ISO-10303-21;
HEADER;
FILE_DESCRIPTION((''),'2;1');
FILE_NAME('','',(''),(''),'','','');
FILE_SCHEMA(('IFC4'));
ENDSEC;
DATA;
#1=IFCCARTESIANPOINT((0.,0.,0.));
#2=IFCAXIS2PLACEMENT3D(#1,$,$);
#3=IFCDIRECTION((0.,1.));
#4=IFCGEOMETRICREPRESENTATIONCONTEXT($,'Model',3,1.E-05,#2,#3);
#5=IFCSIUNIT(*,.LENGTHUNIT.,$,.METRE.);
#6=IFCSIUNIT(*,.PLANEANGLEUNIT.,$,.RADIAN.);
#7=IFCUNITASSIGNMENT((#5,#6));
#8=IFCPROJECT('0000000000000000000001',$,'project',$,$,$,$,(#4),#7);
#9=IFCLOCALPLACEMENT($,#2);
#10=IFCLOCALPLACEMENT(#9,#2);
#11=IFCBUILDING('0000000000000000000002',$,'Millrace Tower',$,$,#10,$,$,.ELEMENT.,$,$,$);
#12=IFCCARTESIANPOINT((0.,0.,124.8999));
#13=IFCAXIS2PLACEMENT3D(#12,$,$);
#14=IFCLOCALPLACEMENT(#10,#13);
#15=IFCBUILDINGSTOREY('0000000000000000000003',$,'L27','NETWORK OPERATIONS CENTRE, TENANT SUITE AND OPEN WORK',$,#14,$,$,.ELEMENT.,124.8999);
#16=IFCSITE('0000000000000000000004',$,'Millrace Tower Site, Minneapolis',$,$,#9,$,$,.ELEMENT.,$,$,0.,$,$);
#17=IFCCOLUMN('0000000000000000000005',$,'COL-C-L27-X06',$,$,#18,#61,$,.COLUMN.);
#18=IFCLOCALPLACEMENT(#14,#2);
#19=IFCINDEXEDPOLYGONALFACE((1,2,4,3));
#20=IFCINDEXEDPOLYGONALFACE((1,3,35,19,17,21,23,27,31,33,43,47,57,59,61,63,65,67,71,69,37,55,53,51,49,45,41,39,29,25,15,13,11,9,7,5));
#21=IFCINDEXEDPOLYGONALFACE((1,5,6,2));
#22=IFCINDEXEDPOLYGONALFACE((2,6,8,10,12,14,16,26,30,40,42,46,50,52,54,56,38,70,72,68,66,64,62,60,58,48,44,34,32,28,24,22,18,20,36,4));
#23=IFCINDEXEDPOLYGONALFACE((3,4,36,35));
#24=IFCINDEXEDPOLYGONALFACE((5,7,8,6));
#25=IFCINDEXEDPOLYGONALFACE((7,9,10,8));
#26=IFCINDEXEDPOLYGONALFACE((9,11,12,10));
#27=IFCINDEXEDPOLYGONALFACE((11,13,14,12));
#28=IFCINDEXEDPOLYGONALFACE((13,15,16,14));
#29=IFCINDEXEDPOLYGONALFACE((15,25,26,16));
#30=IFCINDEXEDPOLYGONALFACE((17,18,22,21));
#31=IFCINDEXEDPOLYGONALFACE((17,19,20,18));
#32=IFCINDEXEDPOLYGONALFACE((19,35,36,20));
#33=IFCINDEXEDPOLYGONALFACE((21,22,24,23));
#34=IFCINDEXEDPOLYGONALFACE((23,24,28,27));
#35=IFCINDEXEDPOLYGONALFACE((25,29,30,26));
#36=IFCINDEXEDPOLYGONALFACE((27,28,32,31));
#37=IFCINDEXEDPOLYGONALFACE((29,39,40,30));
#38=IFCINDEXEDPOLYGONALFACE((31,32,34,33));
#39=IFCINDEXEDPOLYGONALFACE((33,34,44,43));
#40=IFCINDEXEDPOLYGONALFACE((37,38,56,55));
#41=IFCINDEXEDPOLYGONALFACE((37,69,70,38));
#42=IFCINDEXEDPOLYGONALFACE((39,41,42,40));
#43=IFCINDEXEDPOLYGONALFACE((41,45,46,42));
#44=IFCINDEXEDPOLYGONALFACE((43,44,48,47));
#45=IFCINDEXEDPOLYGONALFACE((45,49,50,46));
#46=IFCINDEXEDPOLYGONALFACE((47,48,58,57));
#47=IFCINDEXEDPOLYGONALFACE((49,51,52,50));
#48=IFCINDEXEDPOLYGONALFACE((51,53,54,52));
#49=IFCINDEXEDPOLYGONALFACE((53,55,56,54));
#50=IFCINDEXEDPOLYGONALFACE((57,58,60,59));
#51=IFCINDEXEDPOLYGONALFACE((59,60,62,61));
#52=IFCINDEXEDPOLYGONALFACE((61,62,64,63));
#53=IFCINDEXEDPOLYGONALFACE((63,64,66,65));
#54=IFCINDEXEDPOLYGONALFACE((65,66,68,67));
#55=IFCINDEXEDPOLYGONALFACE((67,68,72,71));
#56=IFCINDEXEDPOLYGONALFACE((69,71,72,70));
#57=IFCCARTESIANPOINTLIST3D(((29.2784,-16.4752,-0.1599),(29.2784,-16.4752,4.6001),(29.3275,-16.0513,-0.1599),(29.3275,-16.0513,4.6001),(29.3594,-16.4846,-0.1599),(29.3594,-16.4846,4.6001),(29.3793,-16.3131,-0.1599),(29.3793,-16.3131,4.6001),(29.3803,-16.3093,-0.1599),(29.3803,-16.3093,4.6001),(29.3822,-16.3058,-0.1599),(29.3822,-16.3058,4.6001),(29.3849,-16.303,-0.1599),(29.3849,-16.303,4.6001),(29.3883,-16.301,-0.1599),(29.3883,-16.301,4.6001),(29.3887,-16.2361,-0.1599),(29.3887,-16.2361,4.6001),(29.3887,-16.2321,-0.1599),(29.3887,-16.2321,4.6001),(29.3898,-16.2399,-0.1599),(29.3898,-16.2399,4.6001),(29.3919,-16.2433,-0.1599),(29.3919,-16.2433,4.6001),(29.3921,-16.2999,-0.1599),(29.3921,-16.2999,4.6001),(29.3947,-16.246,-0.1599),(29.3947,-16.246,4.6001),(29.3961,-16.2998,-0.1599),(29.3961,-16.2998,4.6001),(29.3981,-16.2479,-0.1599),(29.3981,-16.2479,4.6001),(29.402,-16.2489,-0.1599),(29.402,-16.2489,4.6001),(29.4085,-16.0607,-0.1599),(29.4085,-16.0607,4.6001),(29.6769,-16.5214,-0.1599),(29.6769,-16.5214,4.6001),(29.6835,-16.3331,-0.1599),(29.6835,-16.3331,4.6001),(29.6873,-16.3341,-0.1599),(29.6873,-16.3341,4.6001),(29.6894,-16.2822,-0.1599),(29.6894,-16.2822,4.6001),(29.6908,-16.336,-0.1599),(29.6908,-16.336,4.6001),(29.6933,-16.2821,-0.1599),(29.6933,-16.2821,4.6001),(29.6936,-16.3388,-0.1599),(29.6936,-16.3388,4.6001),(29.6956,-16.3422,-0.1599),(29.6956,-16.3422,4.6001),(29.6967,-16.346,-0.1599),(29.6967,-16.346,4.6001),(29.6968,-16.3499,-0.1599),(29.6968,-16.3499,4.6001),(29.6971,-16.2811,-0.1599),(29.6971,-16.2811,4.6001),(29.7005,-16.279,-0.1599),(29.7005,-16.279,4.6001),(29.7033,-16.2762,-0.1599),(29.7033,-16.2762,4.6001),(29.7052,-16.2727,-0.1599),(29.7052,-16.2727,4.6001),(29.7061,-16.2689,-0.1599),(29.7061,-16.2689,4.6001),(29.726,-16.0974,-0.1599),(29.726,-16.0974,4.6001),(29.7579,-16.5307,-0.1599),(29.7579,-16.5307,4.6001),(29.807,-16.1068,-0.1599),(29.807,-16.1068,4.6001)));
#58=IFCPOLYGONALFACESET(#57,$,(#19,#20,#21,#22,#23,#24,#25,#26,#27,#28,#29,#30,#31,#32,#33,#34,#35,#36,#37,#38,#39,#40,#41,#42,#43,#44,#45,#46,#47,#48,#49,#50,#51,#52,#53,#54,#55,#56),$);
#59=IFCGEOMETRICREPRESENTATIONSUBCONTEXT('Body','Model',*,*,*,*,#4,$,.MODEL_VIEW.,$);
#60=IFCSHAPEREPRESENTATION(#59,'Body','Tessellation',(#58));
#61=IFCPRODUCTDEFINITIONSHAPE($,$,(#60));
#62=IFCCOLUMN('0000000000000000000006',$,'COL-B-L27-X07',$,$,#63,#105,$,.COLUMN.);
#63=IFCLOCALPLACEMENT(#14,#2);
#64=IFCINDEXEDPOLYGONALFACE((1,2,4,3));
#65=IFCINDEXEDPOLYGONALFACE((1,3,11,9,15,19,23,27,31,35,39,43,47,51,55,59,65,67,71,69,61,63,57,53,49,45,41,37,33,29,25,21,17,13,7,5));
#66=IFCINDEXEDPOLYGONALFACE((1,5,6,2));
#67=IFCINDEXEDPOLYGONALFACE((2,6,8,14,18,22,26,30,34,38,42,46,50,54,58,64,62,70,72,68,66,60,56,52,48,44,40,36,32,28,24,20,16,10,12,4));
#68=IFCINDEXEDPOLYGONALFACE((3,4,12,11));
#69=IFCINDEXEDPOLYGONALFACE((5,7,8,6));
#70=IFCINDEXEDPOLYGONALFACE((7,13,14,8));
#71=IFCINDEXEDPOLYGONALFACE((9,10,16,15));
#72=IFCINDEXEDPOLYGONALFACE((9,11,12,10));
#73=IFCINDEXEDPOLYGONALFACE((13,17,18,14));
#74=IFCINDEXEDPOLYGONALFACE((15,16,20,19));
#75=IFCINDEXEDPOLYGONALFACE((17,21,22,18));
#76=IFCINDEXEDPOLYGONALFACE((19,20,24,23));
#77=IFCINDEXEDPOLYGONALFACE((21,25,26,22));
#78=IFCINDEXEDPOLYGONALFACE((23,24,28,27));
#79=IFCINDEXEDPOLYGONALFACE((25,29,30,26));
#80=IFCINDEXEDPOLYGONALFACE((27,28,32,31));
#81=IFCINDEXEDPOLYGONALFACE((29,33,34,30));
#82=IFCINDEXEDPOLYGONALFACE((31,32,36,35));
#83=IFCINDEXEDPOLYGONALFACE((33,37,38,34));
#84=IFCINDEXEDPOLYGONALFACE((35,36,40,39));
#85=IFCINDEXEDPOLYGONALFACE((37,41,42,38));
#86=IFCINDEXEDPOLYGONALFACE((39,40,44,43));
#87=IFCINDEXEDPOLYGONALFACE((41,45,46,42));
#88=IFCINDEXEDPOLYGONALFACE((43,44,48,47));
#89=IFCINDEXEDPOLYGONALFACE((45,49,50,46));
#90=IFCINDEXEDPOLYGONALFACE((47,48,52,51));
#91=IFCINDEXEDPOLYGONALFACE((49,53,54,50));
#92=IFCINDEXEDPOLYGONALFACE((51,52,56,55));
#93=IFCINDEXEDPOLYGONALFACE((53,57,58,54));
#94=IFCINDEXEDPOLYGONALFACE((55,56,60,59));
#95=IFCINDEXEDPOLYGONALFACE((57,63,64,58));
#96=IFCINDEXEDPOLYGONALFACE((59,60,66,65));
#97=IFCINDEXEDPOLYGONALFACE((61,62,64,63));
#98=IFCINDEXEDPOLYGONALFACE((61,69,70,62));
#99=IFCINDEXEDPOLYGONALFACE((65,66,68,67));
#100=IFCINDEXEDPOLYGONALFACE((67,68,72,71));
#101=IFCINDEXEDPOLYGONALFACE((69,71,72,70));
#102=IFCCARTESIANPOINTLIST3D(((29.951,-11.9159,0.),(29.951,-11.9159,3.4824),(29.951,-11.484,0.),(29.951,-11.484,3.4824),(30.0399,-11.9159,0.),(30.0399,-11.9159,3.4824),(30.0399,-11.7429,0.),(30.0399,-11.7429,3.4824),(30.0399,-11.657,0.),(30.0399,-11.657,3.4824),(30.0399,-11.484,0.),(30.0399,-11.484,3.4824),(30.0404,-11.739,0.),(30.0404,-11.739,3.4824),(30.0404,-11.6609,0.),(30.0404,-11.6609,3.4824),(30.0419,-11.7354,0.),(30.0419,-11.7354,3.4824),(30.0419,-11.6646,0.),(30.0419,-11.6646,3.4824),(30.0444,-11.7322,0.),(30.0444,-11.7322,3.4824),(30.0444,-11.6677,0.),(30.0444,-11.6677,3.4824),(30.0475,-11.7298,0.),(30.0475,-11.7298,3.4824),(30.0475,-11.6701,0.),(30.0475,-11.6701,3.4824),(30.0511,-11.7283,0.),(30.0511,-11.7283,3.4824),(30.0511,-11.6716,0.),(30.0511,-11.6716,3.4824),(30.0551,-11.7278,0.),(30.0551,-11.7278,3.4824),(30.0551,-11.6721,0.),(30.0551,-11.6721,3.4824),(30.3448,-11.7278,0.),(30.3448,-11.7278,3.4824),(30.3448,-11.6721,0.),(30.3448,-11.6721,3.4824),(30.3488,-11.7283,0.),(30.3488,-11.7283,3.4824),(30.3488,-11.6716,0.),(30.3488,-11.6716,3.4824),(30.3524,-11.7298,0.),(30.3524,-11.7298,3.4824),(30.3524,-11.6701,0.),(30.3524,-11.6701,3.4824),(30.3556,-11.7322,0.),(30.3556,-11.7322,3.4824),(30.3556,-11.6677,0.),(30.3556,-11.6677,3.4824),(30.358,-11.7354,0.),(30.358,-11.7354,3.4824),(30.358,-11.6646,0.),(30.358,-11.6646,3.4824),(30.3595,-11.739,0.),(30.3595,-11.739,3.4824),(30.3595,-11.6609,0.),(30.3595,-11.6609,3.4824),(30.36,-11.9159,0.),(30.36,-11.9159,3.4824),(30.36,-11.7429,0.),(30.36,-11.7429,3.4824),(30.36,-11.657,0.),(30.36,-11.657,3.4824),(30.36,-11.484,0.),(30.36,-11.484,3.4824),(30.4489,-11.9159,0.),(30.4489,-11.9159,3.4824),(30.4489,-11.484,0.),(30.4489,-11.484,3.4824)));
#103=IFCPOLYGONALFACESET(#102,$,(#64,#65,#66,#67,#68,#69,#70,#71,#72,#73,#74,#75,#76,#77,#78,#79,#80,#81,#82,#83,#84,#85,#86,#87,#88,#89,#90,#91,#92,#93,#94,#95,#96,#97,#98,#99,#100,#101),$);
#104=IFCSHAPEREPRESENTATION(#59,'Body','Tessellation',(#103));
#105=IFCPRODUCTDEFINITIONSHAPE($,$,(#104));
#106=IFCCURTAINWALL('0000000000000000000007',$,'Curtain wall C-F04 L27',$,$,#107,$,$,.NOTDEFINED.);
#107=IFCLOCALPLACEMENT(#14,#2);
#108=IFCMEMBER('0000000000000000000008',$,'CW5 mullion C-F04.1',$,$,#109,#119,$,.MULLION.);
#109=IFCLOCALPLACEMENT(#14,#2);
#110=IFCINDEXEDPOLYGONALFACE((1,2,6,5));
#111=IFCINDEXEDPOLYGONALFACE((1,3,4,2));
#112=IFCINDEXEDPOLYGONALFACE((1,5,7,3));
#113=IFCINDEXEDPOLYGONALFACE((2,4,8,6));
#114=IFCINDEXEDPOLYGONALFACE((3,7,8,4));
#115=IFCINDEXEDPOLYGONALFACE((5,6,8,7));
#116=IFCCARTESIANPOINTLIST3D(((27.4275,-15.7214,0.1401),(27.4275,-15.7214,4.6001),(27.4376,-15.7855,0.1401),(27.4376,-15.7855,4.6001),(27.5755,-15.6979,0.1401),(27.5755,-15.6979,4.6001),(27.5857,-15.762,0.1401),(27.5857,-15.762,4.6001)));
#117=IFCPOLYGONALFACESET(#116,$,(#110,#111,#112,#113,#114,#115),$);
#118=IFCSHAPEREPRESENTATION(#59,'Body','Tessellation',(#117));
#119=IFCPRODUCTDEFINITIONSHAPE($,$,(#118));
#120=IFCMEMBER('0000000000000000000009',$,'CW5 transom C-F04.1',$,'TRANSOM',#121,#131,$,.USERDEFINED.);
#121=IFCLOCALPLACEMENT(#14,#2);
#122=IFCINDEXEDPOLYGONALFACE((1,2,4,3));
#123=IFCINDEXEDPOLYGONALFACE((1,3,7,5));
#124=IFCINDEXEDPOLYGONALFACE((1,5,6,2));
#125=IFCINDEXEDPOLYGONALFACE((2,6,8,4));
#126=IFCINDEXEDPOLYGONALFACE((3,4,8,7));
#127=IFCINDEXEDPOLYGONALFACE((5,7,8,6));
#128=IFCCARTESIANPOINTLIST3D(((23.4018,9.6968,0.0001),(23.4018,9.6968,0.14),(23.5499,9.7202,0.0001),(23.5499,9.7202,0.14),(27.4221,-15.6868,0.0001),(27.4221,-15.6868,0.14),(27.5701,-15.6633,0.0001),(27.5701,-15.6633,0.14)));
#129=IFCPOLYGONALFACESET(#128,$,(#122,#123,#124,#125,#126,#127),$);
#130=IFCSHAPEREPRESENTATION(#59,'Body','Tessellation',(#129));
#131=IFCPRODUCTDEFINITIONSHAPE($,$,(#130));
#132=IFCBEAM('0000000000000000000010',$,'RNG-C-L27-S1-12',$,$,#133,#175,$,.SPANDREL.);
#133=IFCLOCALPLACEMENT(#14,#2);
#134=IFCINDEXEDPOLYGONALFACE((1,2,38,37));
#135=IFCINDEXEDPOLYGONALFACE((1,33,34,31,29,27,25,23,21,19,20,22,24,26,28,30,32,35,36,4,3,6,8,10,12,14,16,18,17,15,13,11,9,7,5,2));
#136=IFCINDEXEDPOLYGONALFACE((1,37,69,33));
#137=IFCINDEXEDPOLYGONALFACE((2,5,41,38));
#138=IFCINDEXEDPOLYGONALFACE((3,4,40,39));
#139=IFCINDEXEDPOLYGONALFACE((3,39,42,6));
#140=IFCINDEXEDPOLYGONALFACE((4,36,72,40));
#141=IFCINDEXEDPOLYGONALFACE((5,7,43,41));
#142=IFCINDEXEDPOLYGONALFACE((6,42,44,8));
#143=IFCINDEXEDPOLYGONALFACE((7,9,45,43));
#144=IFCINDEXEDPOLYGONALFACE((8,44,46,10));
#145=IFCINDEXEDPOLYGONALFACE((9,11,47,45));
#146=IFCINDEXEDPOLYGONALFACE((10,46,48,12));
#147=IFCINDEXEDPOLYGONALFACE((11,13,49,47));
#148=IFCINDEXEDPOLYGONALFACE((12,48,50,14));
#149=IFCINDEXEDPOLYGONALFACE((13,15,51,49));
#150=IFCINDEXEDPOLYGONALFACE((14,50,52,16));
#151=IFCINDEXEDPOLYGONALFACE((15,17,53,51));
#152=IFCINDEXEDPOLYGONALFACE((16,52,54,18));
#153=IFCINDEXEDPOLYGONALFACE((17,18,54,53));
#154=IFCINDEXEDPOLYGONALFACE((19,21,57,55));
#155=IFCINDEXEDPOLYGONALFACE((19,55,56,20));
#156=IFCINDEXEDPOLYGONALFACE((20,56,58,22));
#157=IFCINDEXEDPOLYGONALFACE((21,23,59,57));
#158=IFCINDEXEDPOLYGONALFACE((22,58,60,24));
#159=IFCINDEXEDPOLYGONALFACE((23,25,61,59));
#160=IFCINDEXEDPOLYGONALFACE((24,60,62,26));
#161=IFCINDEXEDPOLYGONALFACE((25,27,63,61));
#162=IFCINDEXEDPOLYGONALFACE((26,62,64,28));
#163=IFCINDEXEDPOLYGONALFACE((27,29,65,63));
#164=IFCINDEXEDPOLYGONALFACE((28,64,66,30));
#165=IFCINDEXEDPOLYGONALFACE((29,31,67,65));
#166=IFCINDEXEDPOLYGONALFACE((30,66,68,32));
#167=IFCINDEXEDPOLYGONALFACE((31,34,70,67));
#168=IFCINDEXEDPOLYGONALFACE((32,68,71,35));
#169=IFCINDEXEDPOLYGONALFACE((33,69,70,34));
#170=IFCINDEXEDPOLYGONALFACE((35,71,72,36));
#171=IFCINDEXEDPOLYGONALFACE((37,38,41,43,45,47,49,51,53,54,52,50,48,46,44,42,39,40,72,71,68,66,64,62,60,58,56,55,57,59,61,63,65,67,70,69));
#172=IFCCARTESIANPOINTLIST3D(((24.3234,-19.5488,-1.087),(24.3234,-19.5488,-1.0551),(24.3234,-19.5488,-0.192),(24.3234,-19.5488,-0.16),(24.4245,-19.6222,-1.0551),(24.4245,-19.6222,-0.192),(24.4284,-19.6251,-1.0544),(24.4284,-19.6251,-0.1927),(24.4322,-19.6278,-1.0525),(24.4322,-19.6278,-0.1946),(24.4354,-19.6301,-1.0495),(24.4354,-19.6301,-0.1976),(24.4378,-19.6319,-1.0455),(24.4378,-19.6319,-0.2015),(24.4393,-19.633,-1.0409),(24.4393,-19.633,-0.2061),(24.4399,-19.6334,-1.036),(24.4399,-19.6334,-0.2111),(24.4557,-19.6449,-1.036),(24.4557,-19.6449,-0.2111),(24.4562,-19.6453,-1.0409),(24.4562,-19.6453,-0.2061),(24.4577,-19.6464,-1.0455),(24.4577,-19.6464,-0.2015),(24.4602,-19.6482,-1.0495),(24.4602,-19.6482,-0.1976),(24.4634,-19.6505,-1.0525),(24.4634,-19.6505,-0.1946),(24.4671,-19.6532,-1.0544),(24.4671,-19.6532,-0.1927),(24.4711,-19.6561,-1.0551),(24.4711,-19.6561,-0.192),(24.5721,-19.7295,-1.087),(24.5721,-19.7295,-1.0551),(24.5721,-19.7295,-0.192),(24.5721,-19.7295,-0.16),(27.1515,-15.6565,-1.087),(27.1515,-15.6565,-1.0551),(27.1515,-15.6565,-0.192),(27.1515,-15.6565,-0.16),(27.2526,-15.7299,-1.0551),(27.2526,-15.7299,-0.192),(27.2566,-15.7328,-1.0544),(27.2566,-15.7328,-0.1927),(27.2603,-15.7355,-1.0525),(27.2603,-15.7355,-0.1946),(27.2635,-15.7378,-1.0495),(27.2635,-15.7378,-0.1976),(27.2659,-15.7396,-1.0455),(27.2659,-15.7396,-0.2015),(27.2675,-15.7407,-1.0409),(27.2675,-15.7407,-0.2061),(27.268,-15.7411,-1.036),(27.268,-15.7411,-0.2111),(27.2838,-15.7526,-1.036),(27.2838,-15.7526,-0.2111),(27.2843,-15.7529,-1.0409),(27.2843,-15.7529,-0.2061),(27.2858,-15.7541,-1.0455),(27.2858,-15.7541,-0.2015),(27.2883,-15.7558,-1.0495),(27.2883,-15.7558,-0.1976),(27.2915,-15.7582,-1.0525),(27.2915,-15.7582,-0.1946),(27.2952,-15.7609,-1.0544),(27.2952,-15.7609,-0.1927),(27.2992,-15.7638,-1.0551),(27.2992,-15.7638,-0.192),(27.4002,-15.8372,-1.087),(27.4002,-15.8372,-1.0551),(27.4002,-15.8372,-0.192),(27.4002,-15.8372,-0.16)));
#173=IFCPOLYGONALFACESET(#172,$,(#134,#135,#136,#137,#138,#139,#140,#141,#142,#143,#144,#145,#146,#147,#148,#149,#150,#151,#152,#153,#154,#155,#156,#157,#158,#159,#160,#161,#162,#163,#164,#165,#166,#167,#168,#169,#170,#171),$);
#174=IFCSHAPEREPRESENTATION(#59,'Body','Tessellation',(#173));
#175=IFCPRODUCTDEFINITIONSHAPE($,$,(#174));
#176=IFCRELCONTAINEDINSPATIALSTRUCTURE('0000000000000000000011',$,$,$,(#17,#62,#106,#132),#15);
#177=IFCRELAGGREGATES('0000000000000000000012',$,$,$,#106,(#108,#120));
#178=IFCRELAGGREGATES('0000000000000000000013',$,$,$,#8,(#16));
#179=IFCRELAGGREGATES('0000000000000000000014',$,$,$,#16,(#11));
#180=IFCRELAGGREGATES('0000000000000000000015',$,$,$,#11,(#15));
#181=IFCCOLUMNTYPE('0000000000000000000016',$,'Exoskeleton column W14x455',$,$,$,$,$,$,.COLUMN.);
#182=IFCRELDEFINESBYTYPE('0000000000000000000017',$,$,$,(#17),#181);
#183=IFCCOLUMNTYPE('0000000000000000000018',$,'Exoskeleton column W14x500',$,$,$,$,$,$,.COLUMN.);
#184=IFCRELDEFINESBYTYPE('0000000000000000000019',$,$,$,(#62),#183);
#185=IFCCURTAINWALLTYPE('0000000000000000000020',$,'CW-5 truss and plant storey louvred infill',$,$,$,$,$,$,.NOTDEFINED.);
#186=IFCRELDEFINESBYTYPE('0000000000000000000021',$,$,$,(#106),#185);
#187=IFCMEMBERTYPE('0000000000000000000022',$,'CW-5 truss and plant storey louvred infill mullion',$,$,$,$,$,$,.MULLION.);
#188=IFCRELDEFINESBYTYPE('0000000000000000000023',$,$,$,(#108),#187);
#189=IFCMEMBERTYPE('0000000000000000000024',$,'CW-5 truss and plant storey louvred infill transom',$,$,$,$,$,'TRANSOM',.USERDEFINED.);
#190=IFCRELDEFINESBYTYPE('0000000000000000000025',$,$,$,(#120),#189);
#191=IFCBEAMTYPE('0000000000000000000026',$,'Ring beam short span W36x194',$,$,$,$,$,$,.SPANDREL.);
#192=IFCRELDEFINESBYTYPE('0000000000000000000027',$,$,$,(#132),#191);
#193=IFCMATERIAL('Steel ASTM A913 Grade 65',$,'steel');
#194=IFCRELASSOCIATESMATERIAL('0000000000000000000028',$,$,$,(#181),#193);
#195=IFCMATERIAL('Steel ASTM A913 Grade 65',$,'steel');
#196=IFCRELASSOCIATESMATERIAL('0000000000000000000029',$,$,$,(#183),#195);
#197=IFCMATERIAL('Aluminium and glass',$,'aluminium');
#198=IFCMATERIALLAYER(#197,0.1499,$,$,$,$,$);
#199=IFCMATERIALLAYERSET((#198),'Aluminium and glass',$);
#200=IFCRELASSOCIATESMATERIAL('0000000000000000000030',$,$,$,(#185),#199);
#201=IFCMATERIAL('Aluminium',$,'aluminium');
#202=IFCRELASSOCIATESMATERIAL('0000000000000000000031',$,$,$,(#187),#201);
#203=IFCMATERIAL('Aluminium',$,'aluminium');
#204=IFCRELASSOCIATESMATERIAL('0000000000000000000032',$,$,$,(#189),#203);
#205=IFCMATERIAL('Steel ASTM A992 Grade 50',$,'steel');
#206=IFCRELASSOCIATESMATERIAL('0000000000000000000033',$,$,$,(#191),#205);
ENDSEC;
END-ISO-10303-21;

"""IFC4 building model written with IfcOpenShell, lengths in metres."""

from ifc_helpers import new_model, si_unit, direction, frame, origin, origin_2d, place, context, subcontext, project, spatial, rectangle, i_section, extrude, material, layer, layer_set, material_profile, profile_set, type_object, element, aggregate, save


model = new_model("IFC4")

# Units and contexts
model_context = context("Model", 3, precision=1e-05, world=origin(), true_north=direction((0.0, 1.0)))
body_context = subcontext(model_context, "Body", "Model", "MODEL_VIEW")
ifc_project = project(units=[si_unit("LENGTHUNIT", "METRE"), si_unit("PLANEANGLEUNIT", "RADIAN")], contexts=[model_context])

# Site, building, storey
site_placement = place(None, origin())
site = spatial("IfcSite", under=ifc_project, at=site_placement, Name="Millrace Tower Site, Minneapolis", CompositionType="ELEMENT", RefElevation=0.0)
building_placement = place(site_placement, origin())
building = spatial("IfcBuilding", under=site, at=building_placement, Name="Millrace Tower", CompositionType="ELEMENT")
storey_placement = place(building_placement, frame((0.0, 0.0, 124.8999)))
storey = spatial("IfcBuildingStorey", under=building, at=storey_placement, Name="L27", Description="NETWORK OPERATIONS CENTRE, TENANT SUITE AND OPEN WORK", CompositionType="ELEMENT", Elevation=124.8999)

# Columns
ifc_material_1 = material(Name="Steel ASTM A913 Grade 65", Category="steel")
ifc_material_profile_1 = material_profile(ifc_material_1, i_section(OverallWidth=0.4268, OverallDepth=0.4827, WebThickness=0.0513, FlangeThickness=0.0815, FilletRadius=0.0151, at=origin_2d()))
ifc_profile_set_1 = profile_set([ifc_material_profile_1], Name="Steel ASTM A913 Grade 65")
column_type_1 = type_object("IfcColumnType", Name="Exoskeleton column W14x455", PredefinedType="COLUMN", material=ifc_profile_set_1)
column_1_placement = place(storey_placement, frame((29.5427, -16.291, -0.1599), z_axis=(0.0, 0.0, 1.0), x_axis=(0.115069, 0.993358, 0.0)))
element("IfcColumn", 1, at=column_1_placement, inside=storey, type_object=column_type_1, Name="COL-C-L27-X06", PredefinedType="COLUMN", context=body_context, shape_type="SweptSolid", body=[
    extrude(i_section(OverallWidth=0.4268, OverallDepth=0.4827, WebThickness=0.0513, FlangeThickness=0.0815, FilletRadius=0.0151, at=origin_2d()), origin(), (0.0, 0.0, 1.0), 4.76),
])
ifc_material_2 = material(Name="Steel ASTM A913 Grade 65", Category="steel")
ifc_material_profile_2 = material_profile(ifc_material_2, i_section(OverallWidth=0.4319, OverallDepth=0.4978, WebThickness=0.0557, FlangeThickness=0.0889, FilletRadius=0.0151, at=origin_2d()))
ifc_profile_set_2 = profile_set([ifc_material_profile_2], Name="Steel ASTM A913 Grade 65")
column_type_2 = type_object("IfcColumnType", Name="Exoskeleton column W14x500", PredefinedType="COLUMN", material=ifc_profile_set_2)
column_2_placement = place(storey_placement, frame((30.2, -11.7, 0.0), z_axis=(0.0, 0.0, 1.0), x_axis=(0.0, 1.0, 0.0)))
element("IfcColumn", 2, at=column_2_placement, inside=storey, type_object=column_type_2, Name="COL-B-L27-X07", PredefinedType="COLUMN", context=body_context, shape_type="SweptSolid", body=[
    extrude(i_section(OverallWidth=0.4319, OverallDepth=0.4978, WebThickness=0.0557, FlangeThickness=0.0889, FilletRadius=0.0151, at=origin_2d()), origin(), (0.0, 0.0, 1.0), 3.4824),
])

# Curtain wall, members
ifc_material_3 = material(Name="Aluminium and glass", Category="aluminium")
ifc_layer_1 = layer(ifc_material_3, 0.1499)
ifc_layer_set_1 = layer_set([ifc_layer_1], Name="Aluminium and glass")
curtain_wall_type = type_object("IfcCurtainWallType", Name="CW-5 truss and plant storey louvred infill", PredefinedType="NOTDEFINED", material=ifc_layer_set_1)
curtain_wall_placement = place(storey_placement, origin())
curtain_wall = element("IfcCurtainWall", 3, at=curtain_wall_placement, inside=storey, type_object=curtain_wall_type, Name="Curtain wall C-F04 L27", PredefinedType="NOTDEFINED")
ifc_material_4 = material(Name="Aluminium", Category="aluminium")
ifc_material_profile_3 = material_profile(ifc_material_4, rectangle(XDim=0.0649, YDim=0.1499, at=origin_2d()))
ifc_profile_set_3 = profile_set([ifc_material_profile_3], Name="Aluminium")
member_type_1 = type_object("IfcMemberType", Name="CW-5 truss and plant storey louvred infill mullion", PredefinedType="MULLION", material=ifc_profile_set_3)
member_1_placement = place(storey_placement, frame((27.5066, -15.7417, 0.1401), z_axis=(0.0, 0.0, 1.0), x_axis=(-0.156434, 0.987688, 0.0)))
member_1 = element("IfcMember", 4, at=member_1_placement, type_object=member_type_1, Name="CW5 mullion C-F04.1", PredefinedType="MULLION", context=body_context, shape_type="SweptSolid", body=[
    extrude(rectangle(XDim=0.0649, YDim=0.1499, at=origin_2d()), origin(), (0.0, 0.0, 1.0), 4.46),
])
ifc_material_5 = material(Name="Aluminium", Category="aluminium")
ifc_material_profile_4 = material_profile(ifc_material_5, rectangle(XDim=0.1499, YDim=0.1399, at=origin_2d()))
ifc_profile_set_4 = profile_set([ifc_material_profile_4], Name="Aluminium")
member_type_2 = type_object("IfcMemberType", Name="CW-5 truss and plant storey louvred infill transom", ElementType="TRANSOM", PredefinedType="USERDEFINED", material=ifc_profile_set_4)
member_2_placement = place(storey_placement, frame((27.4961, -15.675, 0.0701), z_axis=(-0.156431, 0.987689, 0.0), x_axis=(-0.987689, -0.156431, 0.0)))
member_2 = element("IfcMember", 5, at=member_2_placement, type_object=member_type_2, Name="CW5 transom C-F04.1", ObjectType="TRANSOM", PredefinedType="USERDEFINED", context=body_context, shape_type="SweptSolid", body=[
    extrude(rectangle(XDim=0.1499, YDim=0.1399, at=origin_2d()), origin(), (0.0, 0.0, 1.0), 25.7),
])
aggregate(curtain_wall, [member_1, member_2])

# Beam
ifc_material_6 = material(Name="Steel ASTM A992 Grade 50", Category="steel")
ifc_material_profile_5 = material_profile(ifc_material_6, i_section(OverallWidth=0.3074, OverallDepth=0.927, WebThickness=0.0195, FlangeThickness=0.032, FilletRadius=0.019, at=origin_2d()))
ifc_profile_set_5 = profile_set([ifc_material_profile_5], Name="Steel ASTM A992 Grade 50")
beam_type_1 = type_object("IfcBeamType", Name="Ring beam short span W36x194", PredefinedType="SPANDREL", material=ifc_profile_set_5)
beam_1_placement = place(storey_placement, frame((27.2759, -15.7468, -0.6235), z_axis=(-0.58781, -0.808999, 0.0), x_axis=(0.808999, -0.58781, 0.0)))
element("IfcBeam", 6, at=beam_1_placement, inside=storey, type_object=beam_type_1, Name="RNG-C-L27-S1-12", PredefinedType="SPANDREL", context=body_context, shape_type="SweptSolid", body=[
    extrude(i_section(OverallWidth=0.3074, OverallDepth=0.927, WebThickness=0.0195, FlangeThickness=0.032, FilletRadius=0.019, at=origin_2d()), origin(), (0.0, 0.0, 1.0), 4.8113),
])

save(model, "model.ifc")
